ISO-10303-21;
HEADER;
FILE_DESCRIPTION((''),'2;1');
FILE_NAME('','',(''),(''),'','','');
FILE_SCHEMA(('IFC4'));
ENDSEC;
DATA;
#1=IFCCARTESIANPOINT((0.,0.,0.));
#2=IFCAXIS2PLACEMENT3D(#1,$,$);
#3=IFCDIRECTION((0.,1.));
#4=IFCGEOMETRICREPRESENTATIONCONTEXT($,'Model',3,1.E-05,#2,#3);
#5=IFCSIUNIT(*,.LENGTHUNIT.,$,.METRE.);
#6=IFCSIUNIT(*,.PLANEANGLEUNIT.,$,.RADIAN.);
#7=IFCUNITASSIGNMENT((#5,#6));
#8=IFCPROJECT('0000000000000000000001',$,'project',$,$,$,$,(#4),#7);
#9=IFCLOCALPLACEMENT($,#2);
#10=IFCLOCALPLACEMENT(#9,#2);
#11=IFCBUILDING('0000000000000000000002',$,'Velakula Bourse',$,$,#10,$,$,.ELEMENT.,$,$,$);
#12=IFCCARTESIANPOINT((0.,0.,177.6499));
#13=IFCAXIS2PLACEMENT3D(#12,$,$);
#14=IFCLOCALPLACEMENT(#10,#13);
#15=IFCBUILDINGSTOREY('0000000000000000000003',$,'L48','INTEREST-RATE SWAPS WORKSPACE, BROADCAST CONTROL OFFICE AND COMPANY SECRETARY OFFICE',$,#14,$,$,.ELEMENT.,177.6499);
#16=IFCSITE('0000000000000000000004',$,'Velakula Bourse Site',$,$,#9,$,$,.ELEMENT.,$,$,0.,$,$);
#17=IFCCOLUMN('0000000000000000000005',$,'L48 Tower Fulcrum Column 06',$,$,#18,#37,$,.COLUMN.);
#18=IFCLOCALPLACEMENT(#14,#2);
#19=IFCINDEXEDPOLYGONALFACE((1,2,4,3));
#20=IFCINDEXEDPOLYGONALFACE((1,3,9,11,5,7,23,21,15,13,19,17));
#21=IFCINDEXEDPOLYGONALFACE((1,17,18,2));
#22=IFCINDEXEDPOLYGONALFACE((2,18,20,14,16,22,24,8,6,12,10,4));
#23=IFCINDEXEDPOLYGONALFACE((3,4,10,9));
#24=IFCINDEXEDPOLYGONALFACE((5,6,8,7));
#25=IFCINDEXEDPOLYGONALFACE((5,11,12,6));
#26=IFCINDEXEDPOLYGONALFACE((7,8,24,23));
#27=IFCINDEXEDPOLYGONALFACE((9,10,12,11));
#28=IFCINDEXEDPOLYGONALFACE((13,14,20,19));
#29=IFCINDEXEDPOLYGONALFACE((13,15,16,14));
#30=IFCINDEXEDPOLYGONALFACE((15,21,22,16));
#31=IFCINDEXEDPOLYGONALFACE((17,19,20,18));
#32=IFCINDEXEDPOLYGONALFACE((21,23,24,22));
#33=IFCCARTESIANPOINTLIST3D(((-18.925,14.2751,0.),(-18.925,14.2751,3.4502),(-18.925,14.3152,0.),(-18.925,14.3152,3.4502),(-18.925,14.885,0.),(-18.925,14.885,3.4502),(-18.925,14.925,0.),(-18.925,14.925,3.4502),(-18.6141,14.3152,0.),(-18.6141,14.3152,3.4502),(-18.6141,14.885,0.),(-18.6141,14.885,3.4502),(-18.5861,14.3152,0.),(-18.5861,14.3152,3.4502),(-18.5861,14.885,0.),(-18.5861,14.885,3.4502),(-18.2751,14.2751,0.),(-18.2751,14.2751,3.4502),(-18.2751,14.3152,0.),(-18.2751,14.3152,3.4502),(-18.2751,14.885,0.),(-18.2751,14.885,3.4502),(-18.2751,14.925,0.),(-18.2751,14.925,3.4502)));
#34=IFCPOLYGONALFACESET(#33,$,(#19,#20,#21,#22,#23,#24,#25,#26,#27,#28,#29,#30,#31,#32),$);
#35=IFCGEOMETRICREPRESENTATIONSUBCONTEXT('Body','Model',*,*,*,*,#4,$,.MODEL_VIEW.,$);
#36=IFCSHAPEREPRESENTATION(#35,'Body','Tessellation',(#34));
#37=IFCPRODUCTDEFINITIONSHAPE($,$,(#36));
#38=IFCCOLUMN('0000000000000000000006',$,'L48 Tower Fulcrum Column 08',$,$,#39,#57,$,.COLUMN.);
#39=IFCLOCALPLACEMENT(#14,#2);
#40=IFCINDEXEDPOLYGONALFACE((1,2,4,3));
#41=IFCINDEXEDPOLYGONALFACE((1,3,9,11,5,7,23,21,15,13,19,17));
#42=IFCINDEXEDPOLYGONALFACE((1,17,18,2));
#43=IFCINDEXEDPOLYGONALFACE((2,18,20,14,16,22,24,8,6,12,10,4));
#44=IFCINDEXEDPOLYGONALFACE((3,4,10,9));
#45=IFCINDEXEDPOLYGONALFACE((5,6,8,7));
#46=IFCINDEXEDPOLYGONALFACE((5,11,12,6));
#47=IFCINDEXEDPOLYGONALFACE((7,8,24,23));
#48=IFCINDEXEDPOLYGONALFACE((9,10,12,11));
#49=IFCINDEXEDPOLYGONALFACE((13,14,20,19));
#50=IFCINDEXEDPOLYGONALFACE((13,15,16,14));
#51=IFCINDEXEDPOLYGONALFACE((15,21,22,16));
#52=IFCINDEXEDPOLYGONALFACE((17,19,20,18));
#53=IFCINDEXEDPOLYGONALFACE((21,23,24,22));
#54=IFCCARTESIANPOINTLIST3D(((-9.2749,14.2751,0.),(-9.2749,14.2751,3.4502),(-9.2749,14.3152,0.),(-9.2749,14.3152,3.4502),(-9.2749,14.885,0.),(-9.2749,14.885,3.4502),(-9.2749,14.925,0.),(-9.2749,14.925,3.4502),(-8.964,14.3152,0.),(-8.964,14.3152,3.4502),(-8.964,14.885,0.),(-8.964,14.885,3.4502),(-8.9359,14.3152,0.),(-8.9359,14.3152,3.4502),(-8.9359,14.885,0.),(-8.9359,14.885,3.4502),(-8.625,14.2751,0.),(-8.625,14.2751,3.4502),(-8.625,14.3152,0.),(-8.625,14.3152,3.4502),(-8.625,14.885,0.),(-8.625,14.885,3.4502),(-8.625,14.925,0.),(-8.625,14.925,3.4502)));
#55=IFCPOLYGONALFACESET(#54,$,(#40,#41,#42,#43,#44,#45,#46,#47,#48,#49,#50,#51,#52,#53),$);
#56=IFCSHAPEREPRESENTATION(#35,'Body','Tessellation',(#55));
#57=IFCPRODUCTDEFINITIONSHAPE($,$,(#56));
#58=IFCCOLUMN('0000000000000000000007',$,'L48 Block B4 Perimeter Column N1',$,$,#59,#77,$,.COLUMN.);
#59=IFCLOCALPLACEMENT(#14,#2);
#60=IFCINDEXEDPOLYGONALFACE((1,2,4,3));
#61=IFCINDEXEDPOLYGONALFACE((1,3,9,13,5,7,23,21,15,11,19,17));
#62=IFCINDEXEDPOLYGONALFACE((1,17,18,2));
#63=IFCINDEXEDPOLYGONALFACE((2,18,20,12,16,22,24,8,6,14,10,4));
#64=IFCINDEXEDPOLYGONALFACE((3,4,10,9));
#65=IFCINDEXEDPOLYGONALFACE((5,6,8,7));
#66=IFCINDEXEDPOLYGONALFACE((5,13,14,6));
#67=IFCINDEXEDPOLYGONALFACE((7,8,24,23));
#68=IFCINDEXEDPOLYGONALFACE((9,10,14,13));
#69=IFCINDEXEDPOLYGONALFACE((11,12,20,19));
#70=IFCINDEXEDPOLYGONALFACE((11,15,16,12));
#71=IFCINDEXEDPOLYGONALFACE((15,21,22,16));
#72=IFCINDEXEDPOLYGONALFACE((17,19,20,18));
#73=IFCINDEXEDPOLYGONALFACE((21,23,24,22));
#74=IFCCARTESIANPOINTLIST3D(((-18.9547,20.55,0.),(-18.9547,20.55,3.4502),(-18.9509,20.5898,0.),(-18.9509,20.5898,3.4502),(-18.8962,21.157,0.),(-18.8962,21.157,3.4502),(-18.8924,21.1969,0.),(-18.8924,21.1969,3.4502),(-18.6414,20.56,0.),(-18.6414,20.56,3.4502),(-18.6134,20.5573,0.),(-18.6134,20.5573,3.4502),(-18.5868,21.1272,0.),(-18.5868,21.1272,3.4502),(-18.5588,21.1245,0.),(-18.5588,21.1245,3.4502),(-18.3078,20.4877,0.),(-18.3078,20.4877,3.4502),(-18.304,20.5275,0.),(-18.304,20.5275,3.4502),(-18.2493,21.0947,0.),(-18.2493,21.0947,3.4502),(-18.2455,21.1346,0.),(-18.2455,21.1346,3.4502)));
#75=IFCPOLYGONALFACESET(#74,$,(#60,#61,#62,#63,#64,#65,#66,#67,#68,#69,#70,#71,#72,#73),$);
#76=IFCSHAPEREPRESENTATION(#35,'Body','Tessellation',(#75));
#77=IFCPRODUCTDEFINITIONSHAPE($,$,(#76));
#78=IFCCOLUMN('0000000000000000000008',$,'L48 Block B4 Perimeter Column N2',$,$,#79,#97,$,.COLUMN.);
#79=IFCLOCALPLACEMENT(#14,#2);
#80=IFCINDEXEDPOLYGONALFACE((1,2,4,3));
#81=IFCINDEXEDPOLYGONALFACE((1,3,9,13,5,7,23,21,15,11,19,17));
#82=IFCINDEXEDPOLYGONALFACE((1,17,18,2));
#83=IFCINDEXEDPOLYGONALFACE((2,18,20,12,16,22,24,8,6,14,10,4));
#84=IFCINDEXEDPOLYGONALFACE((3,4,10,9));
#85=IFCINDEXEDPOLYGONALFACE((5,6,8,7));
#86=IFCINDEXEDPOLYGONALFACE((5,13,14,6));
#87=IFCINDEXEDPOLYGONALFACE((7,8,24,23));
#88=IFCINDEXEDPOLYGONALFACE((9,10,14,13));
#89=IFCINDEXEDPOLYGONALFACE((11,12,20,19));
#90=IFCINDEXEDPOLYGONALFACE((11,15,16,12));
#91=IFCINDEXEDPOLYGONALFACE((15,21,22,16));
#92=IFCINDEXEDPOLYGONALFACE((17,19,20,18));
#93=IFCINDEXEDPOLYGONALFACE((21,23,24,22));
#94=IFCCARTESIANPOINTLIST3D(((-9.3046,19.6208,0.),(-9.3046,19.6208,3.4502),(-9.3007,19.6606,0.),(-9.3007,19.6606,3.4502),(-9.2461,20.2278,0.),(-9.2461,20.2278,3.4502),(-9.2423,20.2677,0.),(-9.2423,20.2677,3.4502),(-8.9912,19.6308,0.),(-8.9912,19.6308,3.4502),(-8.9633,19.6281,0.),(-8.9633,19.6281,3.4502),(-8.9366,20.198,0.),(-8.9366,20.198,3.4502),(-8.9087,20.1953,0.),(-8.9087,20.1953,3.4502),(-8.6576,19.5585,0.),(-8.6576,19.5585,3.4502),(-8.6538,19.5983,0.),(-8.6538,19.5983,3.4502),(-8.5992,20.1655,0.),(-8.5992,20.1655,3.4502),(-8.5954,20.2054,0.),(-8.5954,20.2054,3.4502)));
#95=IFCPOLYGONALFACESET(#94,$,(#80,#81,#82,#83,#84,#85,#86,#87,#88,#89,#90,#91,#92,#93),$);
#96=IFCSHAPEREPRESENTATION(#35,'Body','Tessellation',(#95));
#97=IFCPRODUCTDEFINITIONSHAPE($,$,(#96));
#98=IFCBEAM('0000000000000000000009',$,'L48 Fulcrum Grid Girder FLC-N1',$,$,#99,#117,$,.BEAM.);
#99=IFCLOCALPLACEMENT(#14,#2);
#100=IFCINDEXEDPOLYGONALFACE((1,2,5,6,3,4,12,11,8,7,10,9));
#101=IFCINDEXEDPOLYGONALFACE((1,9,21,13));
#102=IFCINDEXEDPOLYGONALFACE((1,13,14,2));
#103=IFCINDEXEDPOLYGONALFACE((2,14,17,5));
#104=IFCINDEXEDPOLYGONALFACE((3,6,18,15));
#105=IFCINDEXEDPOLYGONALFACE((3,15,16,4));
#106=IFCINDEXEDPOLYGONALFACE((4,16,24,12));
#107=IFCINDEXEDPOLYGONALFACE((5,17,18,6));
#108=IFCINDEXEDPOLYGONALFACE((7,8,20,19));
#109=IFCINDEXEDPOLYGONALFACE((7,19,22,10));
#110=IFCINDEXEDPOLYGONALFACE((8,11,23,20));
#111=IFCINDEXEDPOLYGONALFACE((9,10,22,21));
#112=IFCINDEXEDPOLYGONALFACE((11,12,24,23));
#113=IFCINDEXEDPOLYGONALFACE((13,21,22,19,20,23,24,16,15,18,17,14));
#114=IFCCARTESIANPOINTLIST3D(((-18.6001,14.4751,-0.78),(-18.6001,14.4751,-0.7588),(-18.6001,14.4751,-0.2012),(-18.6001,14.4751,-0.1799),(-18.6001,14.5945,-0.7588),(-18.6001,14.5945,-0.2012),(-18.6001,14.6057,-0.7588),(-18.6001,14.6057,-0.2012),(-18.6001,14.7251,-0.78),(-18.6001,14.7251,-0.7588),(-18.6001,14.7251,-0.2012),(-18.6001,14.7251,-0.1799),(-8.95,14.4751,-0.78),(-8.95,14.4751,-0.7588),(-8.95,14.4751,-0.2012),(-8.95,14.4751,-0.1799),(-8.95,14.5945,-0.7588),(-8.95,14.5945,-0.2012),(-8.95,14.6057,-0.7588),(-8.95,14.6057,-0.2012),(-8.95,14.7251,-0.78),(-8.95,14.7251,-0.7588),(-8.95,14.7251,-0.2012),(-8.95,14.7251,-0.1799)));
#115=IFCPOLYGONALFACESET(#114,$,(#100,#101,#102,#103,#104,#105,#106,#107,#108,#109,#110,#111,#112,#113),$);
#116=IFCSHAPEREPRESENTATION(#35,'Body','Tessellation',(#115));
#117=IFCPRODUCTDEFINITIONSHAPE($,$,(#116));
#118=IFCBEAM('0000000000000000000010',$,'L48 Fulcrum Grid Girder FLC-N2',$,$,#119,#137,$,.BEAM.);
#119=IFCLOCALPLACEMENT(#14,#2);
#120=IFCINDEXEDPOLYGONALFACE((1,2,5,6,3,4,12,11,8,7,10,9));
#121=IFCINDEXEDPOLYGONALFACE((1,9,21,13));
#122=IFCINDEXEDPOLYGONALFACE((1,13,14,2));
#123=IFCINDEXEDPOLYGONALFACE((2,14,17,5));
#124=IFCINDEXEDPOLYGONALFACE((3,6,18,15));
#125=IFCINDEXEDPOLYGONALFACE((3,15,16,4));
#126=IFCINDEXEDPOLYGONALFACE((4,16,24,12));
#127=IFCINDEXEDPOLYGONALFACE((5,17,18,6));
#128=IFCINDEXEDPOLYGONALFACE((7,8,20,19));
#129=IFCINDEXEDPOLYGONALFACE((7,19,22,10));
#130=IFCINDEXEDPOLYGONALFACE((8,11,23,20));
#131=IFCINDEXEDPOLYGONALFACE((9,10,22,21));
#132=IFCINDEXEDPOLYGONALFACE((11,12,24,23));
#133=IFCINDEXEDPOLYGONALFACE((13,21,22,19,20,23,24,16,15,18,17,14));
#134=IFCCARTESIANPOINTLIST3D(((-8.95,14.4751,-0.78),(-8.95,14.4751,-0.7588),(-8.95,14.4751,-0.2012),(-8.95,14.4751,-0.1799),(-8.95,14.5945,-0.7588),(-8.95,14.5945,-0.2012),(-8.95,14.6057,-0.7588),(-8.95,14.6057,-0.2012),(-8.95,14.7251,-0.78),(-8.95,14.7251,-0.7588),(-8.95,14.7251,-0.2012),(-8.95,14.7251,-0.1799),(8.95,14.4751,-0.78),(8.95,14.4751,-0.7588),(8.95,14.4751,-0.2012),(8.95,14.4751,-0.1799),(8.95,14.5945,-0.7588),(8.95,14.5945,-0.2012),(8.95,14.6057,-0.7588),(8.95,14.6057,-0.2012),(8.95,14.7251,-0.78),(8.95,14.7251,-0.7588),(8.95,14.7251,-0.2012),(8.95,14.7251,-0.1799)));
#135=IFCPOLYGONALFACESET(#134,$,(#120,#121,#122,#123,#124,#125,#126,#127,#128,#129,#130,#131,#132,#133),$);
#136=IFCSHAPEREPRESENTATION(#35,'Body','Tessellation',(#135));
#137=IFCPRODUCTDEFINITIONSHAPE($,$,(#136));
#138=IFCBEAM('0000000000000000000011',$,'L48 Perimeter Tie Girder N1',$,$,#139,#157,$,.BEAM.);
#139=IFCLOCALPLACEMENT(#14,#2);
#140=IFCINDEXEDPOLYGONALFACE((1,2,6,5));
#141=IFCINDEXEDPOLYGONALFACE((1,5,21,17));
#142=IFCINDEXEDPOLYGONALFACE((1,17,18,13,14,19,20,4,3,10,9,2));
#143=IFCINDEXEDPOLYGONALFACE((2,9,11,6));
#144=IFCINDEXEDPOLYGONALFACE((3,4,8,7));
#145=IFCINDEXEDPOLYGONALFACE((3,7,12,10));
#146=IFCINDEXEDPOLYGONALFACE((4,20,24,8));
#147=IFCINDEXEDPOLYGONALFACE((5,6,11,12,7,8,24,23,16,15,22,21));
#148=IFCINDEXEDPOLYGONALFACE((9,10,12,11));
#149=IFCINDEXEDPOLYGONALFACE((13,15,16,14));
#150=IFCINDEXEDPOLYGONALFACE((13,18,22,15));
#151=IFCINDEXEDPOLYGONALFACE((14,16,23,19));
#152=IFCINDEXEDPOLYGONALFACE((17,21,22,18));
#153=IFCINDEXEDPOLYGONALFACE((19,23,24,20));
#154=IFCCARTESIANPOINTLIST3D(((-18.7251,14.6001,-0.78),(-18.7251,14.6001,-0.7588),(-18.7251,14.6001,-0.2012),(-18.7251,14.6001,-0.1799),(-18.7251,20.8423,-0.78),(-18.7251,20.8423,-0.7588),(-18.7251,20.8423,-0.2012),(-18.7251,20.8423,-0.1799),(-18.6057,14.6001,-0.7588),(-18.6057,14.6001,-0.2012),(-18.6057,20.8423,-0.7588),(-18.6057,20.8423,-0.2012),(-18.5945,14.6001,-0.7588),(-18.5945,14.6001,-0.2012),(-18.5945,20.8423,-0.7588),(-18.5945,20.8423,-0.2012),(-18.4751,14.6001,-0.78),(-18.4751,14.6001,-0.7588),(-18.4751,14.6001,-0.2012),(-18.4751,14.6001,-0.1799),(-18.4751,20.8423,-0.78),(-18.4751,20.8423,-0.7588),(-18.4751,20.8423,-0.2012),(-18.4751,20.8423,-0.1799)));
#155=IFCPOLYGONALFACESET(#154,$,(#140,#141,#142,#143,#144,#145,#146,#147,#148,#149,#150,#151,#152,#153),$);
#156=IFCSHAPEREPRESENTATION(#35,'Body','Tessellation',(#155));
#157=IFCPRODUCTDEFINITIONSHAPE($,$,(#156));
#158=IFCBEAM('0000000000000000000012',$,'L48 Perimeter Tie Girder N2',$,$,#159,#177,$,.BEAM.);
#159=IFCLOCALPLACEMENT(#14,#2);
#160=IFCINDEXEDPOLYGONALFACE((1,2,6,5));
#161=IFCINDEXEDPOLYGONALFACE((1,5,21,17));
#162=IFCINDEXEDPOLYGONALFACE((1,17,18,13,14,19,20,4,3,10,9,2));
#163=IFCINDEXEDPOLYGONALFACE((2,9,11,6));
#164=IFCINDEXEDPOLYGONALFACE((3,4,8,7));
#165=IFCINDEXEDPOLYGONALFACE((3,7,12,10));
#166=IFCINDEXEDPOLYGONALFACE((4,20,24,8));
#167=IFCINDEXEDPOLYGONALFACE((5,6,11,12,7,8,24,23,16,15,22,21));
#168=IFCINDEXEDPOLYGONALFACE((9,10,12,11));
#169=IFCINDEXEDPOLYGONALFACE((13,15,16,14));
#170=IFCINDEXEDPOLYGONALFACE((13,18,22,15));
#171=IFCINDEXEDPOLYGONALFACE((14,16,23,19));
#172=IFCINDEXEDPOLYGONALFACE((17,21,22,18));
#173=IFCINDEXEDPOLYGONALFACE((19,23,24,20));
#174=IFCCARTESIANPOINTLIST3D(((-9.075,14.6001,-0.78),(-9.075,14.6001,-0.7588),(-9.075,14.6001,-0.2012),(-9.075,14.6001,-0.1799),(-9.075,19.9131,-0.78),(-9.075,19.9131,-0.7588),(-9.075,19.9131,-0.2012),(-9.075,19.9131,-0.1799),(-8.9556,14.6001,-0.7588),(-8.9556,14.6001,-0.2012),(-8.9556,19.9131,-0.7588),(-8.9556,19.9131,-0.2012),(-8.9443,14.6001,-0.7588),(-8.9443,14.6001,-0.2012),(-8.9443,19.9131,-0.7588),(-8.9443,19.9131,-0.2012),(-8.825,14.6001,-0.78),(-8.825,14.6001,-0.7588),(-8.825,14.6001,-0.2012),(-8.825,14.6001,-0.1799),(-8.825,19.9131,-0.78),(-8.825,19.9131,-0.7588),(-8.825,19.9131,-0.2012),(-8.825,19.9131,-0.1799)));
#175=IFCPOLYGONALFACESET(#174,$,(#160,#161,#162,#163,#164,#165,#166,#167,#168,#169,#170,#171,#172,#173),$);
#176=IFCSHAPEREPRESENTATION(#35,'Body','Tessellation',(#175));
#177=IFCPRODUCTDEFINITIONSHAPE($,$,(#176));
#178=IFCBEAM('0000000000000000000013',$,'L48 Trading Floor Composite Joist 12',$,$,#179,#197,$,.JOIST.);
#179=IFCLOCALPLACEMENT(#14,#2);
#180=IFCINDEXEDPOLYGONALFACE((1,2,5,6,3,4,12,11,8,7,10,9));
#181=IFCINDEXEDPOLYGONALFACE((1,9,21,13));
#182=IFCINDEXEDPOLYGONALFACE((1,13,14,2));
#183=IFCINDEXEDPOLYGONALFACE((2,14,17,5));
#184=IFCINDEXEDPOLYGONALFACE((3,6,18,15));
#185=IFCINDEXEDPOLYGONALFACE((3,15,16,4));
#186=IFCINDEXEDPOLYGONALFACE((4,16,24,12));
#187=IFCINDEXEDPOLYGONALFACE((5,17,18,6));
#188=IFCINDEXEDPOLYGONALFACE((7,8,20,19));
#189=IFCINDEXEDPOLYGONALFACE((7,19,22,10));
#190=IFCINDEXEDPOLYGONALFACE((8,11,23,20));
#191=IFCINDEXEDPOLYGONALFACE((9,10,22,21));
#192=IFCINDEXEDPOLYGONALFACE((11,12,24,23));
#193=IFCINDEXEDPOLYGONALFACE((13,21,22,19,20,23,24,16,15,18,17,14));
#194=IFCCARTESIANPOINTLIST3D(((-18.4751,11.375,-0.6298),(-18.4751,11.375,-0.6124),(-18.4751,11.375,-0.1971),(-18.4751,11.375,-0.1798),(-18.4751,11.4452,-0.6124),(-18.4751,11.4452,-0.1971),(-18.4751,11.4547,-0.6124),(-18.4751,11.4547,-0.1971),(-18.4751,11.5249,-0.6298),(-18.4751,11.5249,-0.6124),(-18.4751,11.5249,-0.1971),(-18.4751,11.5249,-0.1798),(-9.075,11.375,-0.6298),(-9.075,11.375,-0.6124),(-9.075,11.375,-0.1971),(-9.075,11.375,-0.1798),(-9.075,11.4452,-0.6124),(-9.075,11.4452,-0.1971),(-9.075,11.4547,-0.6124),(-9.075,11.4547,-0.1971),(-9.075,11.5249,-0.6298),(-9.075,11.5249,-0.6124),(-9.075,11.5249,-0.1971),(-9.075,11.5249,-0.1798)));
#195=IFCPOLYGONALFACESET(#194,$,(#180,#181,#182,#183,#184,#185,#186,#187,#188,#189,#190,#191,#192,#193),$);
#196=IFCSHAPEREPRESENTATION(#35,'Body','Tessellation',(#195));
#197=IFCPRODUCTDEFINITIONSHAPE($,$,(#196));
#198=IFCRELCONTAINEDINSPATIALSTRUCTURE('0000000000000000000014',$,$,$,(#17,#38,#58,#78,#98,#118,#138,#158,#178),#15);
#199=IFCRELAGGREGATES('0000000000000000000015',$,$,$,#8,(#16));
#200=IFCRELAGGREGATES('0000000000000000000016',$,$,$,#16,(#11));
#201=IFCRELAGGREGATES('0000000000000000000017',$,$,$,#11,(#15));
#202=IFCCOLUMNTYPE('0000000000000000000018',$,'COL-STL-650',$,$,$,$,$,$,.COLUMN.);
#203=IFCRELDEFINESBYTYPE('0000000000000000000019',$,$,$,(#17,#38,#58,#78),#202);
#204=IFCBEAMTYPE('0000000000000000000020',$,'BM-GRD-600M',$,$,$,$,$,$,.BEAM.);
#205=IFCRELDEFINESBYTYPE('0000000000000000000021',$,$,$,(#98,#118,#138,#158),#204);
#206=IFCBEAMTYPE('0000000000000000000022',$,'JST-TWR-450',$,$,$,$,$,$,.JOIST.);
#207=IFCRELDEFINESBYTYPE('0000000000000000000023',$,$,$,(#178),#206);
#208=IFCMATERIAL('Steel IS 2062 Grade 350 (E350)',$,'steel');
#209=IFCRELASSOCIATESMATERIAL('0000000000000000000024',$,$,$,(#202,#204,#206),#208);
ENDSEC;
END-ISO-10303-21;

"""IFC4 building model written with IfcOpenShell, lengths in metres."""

from ifc_helpers import new_model, si_unit, direction, frame, origin, origin_2d, place, context, subcontext, project, spatial, i_section, extrude, material, material_profile, profile_set, type_object, element, save


model = new_model("IFC4")

# Units and contexts
model_context = context("Model", 3, precision=1e-05, world=origin(), true_north=direction((0.0, 1.0)))
body_context = subcontext(model_context, "Body", "Model", "MODEL_VIEW")
ifc_project = project(units=[si_unit("LENGTHUNIT", "METRE"), si_unit("PLANEANGLEUNIT", "RADIAN")], contexts=[model_context])

# Site, building, storey
site_placement = place(None, origin())
site = spatial("IfcSite", under=ifc_project, at=site_placement, Name="Velakula Bourse Site", CompositionType="ELEMENT", RefElevation=0.0)
building_placement = place(site_placement, origin())
building = spatial("IfcBuilding", under=site, at=building_placement, Name="Velakula Bourse", CompositionType="ELEMENT")
storey_placement = place(building_placement, frame((0.0, 0.0, 177.6499)))
storey = spatial("IfcBuildingStorey", under=building, at=storey_placement, Name="L48", Description="INTEREST-RATE SWAPS WORKSPACE, BROADCAST CONTROL OFFICE AND COMPANY SECRETARY OFFICE", CompositionType="ELEMENT", Elevation=177.6499)

# Columns
ifc_material_1 = material(Name="Steel IS 2062 Grade 350 (E350)", Category="steel")
ifc_material_profile_1 = material_profile(ifc_material_1, i_section(OverallWidth=0.6499, OverallDepth=0.6499, WebThickness=0.0281, FlangeThickness=0.04, at=origin_2d()), Name="Steel IS 2062 Grade 350 (E350)")
ifc_profile_set_1 = profile_set([ifc_material_profile_1], Name="Steel IS 2062 Grade 350 (E350)")
column_type = type_object("IfcColumnType", Name="COL-STL-650", PredefinedType="COLUMN", material=ifc_profile_set_1)
for number, where, z_axis, x_axis, name in (
    (1, (-18.6001, 14.6001, 0.0), (0.0, 0.0, 1.0), (1.0, 0.0, 0.0), "L48 Tower Fulcrum Column 06"),
    (2, (-8.95, 14.6001, 0.0), (0.0, 0.0, 1.0), (1.0, 0.0, 0.0), "L48 Tower Fulcrum Column 08"),
    (3, (-18.6001, 20.8423, 0.0), (0.0, 0.0, 1.0), (0.995396, -0.095846, 0.0), "L48 Block B4 Perimeter Column N1"),
    (4, (-8.95, 19.9131, 0.0), (0.0, 0.0, 1.0), (0.995396, -0.095846, 0.0), "L48 Block B4 Perimeter Column N2"),
):
    element("IfcColumn", number, at=place(storey_placement, frame(where, z_axis=z_axis, x_axis=x_axis)), inside=storey, type_object=column_type, Name=name, PredefinedType="COLUMN", context=body_context, shape_type="SweptSolid", body=[
        extrude(i_section(OverallWidth=0.6499, OverallDepth=0.6499, WebThickness=0.0281, FlangeThickness=0.04, at=origin_2d()), origin(), (0.0, 0.0, 1.0), 3.4502),
    ])

# Beams
ifc_material_profile_2 = material_profile(ifc_material_1, i_section(OverallWidth=0.25, OverallDepth=0.6001, WebThickness=0.0112, FlangeThickness=0.0212, at=origin_2d()), Name="Steel IS 2062 Grade 350 (E350)")
ifc_profile_set_2 = profile_set([ifc_material_profile_2], Name="Steel IS 2062 Grade 350 (E350)")
beam_type_1 = type_object("IfcBeamType", Name="BM-GRD-600M", PredefinedType="BEAM", material=ifc_profile_set_2)
beam_1_placement = place(storey_placement, frame((-18.6001, 14.6001, -0.48), z_axis=(1.0, 0.0, 0.0), x_axis=(0.0, 1.0, 0.0)))
element("IfcBeam", 5, at=beam_1_placement, inside=storey, type_object=beam_type_1, Name="L48 Fulcrum Grid Girder FLC-N1", PredefinedType="BEAM", context=body_context, shape_type="SweptSolid", body=[
    extrude(i_section(OverallWidth=0.25, OverallDepth=0.6001, WebThickness=0.0112, FlangeThickness=0.0212, at=origin_2d()), origin(), (0.0, 0.0, 1.0), 9.6501),
])
beam_2_placement = place(storey_placement, frame((-8.95, 14.6001, -0.48), z_axis=(1.0, 0.0, 0.0), x_axis=(0.0, 1.0, 0.0)))
element("IfcBeam", 6, at=beam_2_placement, inside=storey, type_object=beam_type_1, Name="L48 Fulcrum Grid Girder FLC-N2", PredefinedType="BEAM", context=body_context, shape_type="SweptSolid", body=[
    extrude(i_section(OverallWidth=0.25, OverallDepth=0.6001, WebThickness=0.0112, FlangeThickness=0.0212, at=origin_2d()), origin(), (0.0, 0.0, 1.0), 17.8999),
])
beam_3_placement = place(storey_placement, frame((-18.6001, 14.6001, -0.48), z_axis=(0.0, 1.0, 0.0), x_axis=(-1.0, 0.0, 0.0)))
element("IfcBeam", 7, at=beam_3_placement, inside=storey, type_object=beam_type_1, Name="L48 Perimeter Tie Girder N1", PredefinedType="BEAM", context=body_context, shape_type="SweptSolid", body=[
    extrude(i_section(OverallWidth=0.25, OverallDepth=0.6001, WebThickness=0.0112, FlangeThickness=0.0212, at=origin_2d()), origin(), (0.0, 0.0, 1.0), 6.2422),
])
beam_4_placement = place(storey_placement, frame((-8.95, 14.6001, -0.48), z_axis=(0.0, 1.0, 0.0), x_axis=(-1.0, 0.0, 0.0)))
element("IfcBeam", 8, at=beam_4_placement, inside=storey, type_object=beam_type_1, Name="L48 Perimeter Tie Girder N2", PredefinedType="BEAM", context=body_context, shape_type="SweptSolid", body=[
    extrude(i_section(OverallWidth=0.25, OverallDepth=0.6001, WebThickness=0.0112, FlangeThickness=0.0212, at=origin_2d()), origin(), (0.0, 0.0, 1.0), 5.313),
])
ifc_material_profile_3 = material_profile(ifc_material_1, i_section(OverallWidth=0.1499, OverallDepth=0.45, WebThickness=0.0095, FlangeThickness=0.0173, at=origin_2d()), Name="Steel IS 2062 Grade 350 (E350)")
ifc_profile_set_3 = profile_set([ifc_material_profile_3], Name="Steel IS 2062 Grade 350 (E350)")
beam_type_2 = type_object("IfcBeamType", Name="JST-TWR-450", PredefinedType="JOIST", material=ifc_profile_set_3)
beam_5_placement = place(storey_placement, frame((-18.4751, 11.45, -0.4048), z_axis=(1.0, 0.0, 0.0), x_axis=(0.0, 1.0, 0.0)))
element("IfcBeam", 9, at=beam_5_placement, inside=storey, type_object=beam_type_2, Name="L48 Trading Floor Composite Joist 12", PredefinedType="JOIST", context=body_context, shape_type="SweptSolid", body=[
    extrude(i_section(OverallWidth=0.1499, OverallDepth=0.45, WebThickness=0.0095, FlangeThickness=0.0173, at=origin_2d()), origin(), (0.0, 0.0, 1.0), 9.4001),
])

save(model, "model.ifc")
